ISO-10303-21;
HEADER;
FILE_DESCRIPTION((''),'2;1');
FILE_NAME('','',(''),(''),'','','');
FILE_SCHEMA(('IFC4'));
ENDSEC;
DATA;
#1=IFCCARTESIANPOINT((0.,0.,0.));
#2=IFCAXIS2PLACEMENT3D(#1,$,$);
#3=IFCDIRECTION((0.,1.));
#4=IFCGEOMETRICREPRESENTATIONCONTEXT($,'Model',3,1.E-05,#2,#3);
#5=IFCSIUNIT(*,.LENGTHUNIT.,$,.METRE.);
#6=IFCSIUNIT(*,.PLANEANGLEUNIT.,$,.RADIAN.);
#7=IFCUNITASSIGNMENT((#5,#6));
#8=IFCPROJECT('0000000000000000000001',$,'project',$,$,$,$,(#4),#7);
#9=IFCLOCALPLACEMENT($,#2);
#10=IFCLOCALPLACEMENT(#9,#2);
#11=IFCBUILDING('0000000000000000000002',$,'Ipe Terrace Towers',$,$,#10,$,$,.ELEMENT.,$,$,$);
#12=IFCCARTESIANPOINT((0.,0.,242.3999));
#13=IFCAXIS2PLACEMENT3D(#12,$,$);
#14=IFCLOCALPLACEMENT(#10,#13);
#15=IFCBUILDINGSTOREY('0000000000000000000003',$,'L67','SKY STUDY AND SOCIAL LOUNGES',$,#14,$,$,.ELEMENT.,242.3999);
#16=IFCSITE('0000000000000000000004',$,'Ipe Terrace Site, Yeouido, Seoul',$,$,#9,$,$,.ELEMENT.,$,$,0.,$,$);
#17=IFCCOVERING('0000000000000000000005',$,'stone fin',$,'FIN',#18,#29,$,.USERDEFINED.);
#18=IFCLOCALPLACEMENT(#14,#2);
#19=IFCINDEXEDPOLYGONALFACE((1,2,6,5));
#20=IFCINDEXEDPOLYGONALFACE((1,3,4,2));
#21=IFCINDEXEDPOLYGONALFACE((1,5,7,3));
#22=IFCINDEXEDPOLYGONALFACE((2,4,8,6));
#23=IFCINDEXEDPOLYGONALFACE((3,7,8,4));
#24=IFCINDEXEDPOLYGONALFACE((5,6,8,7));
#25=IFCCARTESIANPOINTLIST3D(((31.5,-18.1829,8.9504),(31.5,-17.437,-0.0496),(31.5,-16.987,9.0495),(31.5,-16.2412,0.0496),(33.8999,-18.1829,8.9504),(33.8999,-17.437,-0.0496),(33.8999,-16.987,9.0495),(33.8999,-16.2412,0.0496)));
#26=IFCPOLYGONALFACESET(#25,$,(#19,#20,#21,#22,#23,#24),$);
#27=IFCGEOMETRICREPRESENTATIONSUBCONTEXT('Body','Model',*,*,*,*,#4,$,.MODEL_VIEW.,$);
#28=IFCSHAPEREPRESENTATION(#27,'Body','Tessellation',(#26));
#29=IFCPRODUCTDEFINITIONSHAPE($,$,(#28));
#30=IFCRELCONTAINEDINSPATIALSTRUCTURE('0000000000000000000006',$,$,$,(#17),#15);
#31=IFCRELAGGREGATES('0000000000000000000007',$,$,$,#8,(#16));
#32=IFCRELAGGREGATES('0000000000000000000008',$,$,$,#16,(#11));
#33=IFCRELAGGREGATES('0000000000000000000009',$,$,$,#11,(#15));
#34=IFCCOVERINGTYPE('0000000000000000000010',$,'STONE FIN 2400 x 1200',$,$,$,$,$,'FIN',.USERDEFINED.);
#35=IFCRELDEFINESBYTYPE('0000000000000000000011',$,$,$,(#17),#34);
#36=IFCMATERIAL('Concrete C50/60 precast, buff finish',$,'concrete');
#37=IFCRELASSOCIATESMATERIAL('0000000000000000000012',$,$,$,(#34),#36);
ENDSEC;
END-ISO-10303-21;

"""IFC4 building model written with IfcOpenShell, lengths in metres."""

from ifc_helpers import new_model, si_unit, direction, frame, origin, origin_2d, place, context, subcontext, project, spatial, rectangle, extrude, material, material_profile, profile_set, type_object, element, save


model = new_model("IFC4")

# Units and contexts
model_context = context("Model", 3, precision=1e-05, world=origin(), true_north=direction((0.0, 1.0)))
body_context = subcontext(model_context, "Body", "Model", "MODEL_VIEW")
ifc_project = project(units=[si_unit("LENGTHUNIT", "METRE"), si_unit("PLANEANGLEUNIT", "RADIAN")], contexts=[model_context])

# Site, building, storey
site_placement = place(None, origin())
site = spatial("IfcSite", under=ifc_project, at=site_placement, Name="Ipe Terrace Site, Yeouido, Seoul", CompositionType="ELEMENT", RefElevation=0.0)
building_placement = place(site_placement, origin())
building = spatial("IfcBuilding", under=site, at=building_placement, Name="Ipe Terrace Towers", CompositionType="ELEMENT")
storey_placement = place(building_placement, frame((0.0, 0.0, 242.3999)))
storey = spatial("IfcBuildingStorey", under=building, at=storey_placement, Name="L67", Description="SKY STUDY AND SOCIAL LOUNGES", CompositionType="ELEMENT", Elevation=242.3999)

# Covering
ifc_material_1 = material(Name="Concrete C50/60 precast, buff finish", Category="concrete")
ifc_material_profile_1 = material_profile(ifc_material_1, rectangle(XDim=2.3999, YDim=1.2, at=origin_2d()), Name="STONE FIN 2400 x 1200")
ifc_profile_set_1 = profile_set([ifc_material_profile_1], Name="Concrete C50/60 precast, buff finish")
covering_type_1 = type_object("IfcCoveringType", Name="STONE FIN 2400 x 1200", ElementType="FIN", PredefinedType="USERDEFINED", material=ifc_profile_set_1)
covering_1_placement = place(storey_placement, frame((32.7, -16.8391, 0.0), z_axis=(0.0, -0.082589, 0.996584), x_axis=(1.0, 0.0, 0.0)))
element("IfcCovering", 1, at=covering_1_placement, inside=storey, type_object=covering_type_1, Name="stone fin", ObjectType="FIN", PredefinedType="USERDEFINED", context=body_context, shape_type="SweptSolid", body=[
    extrude(rectangle(XDim=2.3999, YDim=1.2, at=origin_2d()), origin(), (0.0, 0.0, 1.0), 9.0308),
])

save(model, "model.ifc")
